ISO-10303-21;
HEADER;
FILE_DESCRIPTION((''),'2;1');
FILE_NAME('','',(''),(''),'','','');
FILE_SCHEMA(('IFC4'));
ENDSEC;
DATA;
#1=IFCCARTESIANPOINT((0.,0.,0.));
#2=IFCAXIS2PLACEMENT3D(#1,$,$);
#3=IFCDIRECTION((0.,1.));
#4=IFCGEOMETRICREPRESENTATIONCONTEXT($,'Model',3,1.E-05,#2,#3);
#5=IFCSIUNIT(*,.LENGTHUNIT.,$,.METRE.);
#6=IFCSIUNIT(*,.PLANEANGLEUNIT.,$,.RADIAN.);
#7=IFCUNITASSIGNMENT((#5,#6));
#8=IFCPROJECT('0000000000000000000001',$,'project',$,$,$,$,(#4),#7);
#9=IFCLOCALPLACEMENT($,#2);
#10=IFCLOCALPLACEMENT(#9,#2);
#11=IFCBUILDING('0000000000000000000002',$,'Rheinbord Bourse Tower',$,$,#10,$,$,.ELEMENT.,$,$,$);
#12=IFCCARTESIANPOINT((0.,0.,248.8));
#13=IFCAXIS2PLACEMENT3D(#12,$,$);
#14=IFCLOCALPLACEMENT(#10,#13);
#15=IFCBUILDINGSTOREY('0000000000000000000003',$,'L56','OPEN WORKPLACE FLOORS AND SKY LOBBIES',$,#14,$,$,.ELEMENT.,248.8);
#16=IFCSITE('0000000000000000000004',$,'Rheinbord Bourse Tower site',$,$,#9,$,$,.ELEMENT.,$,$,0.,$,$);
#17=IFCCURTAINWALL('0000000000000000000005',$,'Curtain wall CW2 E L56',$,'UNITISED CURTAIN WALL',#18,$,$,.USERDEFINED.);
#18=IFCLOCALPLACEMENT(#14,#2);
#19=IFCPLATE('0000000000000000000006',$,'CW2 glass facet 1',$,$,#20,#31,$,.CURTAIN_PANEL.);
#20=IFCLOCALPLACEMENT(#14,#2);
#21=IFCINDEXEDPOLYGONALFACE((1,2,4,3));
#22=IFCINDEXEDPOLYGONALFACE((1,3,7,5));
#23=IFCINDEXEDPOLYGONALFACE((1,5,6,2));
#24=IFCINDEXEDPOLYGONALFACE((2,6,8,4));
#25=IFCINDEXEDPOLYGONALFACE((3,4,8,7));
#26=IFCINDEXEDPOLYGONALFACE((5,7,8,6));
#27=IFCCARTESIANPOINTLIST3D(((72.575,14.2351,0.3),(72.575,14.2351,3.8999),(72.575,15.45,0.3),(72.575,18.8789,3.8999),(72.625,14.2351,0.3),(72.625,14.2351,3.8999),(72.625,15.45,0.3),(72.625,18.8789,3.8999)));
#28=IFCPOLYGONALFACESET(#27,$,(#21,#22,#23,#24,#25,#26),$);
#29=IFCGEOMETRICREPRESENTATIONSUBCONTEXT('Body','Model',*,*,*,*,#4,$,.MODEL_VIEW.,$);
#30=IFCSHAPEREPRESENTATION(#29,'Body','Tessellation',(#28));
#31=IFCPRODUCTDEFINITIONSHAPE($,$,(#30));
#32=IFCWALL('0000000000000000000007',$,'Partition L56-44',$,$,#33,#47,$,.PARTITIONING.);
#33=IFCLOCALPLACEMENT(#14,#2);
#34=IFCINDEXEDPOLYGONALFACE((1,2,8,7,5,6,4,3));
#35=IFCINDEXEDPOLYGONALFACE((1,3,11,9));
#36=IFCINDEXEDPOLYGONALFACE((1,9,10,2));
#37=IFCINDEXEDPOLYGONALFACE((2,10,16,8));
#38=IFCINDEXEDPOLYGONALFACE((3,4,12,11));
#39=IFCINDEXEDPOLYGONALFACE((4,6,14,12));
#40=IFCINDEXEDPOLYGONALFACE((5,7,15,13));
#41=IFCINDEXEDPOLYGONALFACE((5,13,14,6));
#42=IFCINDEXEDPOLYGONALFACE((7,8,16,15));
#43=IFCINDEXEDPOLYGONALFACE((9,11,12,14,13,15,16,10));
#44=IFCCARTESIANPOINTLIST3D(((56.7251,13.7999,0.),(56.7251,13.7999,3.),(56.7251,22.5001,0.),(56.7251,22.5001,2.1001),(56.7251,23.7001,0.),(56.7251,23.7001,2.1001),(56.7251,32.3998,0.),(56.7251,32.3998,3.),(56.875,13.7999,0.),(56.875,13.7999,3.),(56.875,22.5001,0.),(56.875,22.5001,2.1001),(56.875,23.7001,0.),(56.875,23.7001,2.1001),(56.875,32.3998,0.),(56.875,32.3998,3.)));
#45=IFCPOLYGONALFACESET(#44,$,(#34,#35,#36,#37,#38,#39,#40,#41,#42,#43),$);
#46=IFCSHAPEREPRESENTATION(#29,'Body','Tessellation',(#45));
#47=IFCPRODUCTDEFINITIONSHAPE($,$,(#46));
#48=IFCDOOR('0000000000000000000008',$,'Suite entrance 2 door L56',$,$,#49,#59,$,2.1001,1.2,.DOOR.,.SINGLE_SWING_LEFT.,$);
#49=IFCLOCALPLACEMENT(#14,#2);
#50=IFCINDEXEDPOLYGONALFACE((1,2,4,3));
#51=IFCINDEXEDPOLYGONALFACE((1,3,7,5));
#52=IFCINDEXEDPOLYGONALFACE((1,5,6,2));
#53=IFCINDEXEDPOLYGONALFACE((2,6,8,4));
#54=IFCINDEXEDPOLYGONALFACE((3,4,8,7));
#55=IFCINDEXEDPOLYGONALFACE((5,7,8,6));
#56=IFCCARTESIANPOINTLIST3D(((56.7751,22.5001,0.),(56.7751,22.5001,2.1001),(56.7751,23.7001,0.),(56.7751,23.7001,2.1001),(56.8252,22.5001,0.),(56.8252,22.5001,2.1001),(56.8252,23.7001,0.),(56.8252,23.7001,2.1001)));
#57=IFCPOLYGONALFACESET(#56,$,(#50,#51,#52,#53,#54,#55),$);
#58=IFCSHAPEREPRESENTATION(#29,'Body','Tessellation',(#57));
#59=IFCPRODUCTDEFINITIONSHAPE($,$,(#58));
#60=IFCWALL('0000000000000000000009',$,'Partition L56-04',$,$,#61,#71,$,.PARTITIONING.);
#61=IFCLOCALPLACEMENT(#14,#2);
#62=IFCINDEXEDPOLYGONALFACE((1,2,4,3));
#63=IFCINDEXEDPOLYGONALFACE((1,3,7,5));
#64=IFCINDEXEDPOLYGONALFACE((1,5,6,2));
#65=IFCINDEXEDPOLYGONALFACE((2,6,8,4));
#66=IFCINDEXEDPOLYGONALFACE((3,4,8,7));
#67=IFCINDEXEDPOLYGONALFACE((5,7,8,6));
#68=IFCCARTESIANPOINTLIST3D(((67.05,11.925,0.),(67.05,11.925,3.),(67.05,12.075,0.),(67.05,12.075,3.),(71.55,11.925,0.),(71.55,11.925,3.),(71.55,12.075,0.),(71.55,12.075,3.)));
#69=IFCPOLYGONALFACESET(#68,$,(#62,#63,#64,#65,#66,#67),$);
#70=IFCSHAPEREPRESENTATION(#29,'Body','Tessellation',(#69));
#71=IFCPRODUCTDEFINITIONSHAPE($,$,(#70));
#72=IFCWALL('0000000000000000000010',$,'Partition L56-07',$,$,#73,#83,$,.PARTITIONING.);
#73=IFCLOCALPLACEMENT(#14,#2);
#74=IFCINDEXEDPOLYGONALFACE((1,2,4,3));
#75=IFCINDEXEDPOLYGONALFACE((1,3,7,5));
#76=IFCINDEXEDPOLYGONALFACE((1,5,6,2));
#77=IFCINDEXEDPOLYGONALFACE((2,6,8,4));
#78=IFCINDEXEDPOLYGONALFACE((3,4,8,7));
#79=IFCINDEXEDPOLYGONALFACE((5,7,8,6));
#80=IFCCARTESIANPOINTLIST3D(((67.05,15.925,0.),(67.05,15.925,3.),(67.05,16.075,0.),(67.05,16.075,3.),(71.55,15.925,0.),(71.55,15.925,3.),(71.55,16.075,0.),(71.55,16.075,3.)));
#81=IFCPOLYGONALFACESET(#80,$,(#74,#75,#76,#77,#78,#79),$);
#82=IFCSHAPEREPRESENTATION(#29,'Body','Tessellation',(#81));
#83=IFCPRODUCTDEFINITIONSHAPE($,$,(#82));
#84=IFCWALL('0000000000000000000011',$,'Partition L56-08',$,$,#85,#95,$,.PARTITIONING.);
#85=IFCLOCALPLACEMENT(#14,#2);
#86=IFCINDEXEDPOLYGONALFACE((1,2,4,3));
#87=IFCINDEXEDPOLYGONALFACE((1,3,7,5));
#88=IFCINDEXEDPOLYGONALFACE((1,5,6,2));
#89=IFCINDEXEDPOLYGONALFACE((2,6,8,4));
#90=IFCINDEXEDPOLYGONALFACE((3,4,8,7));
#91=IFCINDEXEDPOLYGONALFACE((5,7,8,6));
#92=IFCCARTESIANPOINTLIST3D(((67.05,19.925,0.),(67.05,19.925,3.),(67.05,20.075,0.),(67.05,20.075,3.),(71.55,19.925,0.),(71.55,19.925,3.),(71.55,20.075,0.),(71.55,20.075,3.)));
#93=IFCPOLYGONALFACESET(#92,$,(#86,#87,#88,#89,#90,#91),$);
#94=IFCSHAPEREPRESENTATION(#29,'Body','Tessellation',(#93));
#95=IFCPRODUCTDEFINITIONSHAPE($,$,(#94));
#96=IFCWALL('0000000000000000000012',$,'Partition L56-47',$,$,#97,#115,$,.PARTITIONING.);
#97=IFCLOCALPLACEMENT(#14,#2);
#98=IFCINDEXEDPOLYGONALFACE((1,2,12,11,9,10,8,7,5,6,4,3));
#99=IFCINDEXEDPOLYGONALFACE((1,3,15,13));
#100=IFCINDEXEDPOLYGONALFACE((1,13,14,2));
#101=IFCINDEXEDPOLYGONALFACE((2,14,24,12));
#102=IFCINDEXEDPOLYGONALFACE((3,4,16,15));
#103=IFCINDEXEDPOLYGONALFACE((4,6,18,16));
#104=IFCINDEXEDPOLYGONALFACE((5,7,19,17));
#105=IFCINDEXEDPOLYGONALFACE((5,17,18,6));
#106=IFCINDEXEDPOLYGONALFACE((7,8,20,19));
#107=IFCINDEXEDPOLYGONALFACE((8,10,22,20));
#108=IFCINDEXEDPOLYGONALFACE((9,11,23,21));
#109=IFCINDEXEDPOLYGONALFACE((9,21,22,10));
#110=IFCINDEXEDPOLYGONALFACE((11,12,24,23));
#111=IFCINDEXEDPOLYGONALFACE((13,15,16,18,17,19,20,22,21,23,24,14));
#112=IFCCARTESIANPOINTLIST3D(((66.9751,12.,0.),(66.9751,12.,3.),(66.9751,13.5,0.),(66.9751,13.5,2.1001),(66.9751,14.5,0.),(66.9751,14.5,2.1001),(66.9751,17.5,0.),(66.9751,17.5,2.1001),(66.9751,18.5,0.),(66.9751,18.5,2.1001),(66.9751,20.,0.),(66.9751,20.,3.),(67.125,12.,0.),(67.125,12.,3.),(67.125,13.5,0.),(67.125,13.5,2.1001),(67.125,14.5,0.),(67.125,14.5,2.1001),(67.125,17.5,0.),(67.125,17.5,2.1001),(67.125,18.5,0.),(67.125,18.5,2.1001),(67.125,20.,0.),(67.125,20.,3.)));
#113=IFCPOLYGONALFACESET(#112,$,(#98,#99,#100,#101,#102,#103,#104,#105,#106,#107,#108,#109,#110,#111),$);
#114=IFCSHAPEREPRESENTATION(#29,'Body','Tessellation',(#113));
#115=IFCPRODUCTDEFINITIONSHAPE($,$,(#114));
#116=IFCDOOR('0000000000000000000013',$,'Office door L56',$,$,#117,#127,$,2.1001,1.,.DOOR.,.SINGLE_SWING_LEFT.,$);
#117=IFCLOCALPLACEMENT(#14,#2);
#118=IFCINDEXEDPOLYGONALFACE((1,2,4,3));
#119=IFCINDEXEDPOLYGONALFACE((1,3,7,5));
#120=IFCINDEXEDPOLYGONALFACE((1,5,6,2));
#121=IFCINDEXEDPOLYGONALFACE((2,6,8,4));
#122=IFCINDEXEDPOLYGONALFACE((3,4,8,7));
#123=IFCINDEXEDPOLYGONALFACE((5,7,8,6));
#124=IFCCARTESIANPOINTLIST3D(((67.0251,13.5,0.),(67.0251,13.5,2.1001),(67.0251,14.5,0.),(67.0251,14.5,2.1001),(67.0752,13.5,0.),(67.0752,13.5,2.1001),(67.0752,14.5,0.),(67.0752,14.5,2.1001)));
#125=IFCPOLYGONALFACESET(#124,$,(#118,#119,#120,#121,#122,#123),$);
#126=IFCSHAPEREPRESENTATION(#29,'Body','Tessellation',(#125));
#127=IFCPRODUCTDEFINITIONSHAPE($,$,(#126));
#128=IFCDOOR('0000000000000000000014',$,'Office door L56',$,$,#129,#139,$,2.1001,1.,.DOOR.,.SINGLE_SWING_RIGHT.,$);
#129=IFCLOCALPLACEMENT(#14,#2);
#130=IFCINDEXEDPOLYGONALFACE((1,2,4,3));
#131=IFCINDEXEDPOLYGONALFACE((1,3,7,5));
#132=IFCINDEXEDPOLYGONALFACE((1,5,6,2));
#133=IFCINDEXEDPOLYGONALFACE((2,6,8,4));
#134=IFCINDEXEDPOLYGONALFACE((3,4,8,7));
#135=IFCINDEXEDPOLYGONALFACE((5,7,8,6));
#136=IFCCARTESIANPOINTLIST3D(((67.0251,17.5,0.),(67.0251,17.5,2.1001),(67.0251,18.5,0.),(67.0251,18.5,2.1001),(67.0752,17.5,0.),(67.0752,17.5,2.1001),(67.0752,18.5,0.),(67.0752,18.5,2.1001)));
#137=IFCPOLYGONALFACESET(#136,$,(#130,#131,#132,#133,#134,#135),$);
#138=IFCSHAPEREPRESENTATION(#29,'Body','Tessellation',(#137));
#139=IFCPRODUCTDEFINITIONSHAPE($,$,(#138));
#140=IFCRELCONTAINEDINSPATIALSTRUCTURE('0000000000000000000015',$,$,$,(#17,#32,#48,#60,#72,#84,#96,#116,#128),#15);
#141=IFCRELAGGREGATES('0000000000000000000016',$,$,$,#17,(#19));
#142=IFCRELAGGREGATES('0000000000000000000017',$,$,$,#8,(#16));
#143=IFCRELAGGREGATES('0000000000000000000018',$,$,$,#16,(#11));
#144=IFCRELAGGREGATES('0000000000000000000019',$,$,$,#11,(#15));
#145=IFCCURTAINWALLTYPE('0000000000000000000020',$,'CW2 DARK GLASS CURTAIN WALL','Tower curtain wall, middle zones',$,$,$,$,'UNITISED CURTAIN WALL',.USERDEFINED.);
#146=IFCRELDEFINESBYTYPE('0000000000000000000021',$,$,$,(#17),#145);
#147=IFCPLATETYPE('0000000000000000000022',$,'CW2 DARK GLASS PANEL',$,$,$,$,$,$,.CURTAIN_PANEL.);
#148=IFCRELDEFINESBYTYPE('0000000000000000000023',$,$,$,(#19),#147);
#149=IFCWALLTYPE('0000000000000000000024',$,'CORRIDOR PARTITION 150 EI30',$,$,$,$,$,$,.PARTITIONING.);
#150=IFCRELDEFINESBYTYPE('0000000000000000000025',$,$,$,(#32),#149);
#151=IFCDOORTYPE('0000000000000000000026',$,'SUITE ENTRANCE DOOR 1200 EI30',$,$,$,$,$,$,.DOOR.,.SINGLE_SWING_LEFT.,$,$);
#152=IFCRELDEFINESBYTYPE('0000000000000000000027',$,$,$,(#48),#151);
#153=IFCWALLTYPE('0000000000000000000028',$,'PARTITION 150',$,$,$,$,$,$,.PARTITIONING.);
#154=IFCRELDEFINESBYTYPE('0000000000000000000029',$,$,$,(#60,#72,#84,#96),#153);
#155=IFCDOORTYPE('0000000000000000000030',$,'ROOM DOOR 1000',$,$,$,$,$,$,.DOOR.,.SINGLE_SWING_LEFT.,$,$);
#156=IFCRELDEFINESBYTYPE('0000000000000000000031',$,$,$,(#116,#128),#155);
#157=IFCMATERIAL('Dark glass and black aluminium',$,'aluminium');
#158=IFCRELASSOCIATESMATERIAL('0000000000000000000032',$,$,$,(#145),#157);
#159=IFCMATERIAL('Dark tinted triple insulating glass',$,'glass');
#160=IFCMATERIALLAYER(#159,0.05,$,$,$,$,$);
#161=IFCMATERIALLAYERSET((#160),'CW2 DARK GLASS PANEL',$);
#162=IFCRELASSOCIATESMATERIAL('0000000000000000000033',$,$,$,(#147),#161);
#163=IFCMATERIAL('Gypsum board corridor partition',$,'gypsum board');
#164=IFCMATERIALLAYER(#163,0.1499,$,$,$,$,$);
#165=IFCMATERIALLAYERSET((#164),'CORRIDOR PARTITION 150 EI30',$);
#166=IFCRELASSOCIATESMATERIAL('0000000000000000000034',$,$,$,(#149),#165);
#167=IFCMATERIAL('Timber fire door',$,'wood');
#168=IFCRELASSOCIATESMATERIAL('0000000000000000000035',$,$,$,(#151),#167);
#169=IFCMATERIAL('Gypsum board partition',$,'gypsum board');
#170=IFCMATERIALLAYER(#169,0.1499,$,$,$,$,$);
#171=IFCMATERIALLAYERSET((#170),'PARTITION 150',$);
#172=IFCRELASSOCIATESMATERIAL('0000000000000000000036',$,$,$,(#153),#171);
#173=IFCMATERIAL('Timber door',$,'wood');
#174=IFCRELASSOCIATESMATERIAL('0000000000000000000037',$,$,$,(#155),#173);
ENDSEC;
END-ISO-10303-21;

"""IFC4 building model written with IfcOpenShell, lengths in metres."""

from ifc_helpers import new_model, si_unit, direction, frame, frame_2d, origin, place, context, subcontext, project, spatial, polyline, rectangle, outline, extrude, material, layer, layer_set, type_object, element, fill, aggregate, save


model = new_model("IFC4")

# Units and contexts
model_context = context("Model", 3, precision=1e-05, world=origin(), true_north=direction((0.0, 1.0)))
body_context = subcontext(model_context, "Body", "Model", "MODEL_VIEW")
ifc_project = project(units=[si_unit("LENGTHUNIT", "METRE"), si_unit("PLANEANGLEUNIT", "RADIAN")], contexts=[model_context])

# Site, building, storey
site_placement = place(None, origin())
site = spatial("IfcSite", under=ifc_project, at=site_placement, Name="Rheinbord Bourse Tower site", CompositionType="ELEMENT", RefElevation=0.0)
building_placement = place(site_placement, origin())
building = spatial("IfcBuilding", under=site, at=building_placement, Name="Rheinbord Bourse Tower", CompositionType="ELEMENT")
storey_placement = place(building_placement, frame((0.0, 0.0, 248.8)))
storey = spatial("IfcBuildingStorey", under=building, at=storey_placement, Name="L56", Description="OPEN WORKPLACE FLOORS AND SKY LOBBIES", CompositionType="ELEMENT", Elevation=248.8)

# Curtain wall
ifc_material_1 = material(Name="Dark glass and black aluminium", Category="aluminium")
curtain_wall_type = type_object("IfcCurtainWallType", Name="CW2 DARK GLASS CURTAIN WALL", Description="Tower curtain wall, middle zones", ElementType="UNITISED CURTAIN WALL", PredefinedType="USERDEFINED", material=ifc_material_1)
curtain_wall_placement = place(storey_placement, origin())
curtain_wall = element("IfcCurtainWall", 1, at=curtain_wall_placement, inside=storey, type_object=curtain_wall_type, Name="Curtain wall CW2 E L56", ObjectType="UNITISED CURTAIN WALL", PredefinedType="USERDEFINED")

# Plate
ifc_material_2 = material(Name="Dark tinted triple insulating glass", Category="glass")
ifc_layer_1 = layer(ifc_material_2, 0.05)
ifc_layer_set_1 = layer_set([ifc_layer_1], Name="CW2 DARK GLASS PANEL")
plate_type = type_object("IfcPlateType", Name="CW2 DARK GLASS PANEL", PredefinedType="CURTAIN_PANEL", material=ifc_layer_set_1)
plate_1_placement = place(storey_placement, frame((72.625, 14.2351, 0.3), z_axis=(-1.0, 0.0, 0.0), x_axis=(0.0, 0.0, 1.0)))
plate_1 = element("IfcPlate", 2, at=plate_1_placement, type_object=plate_type, Name="CW2 glass facet 1", PredefinedType="CURTAIN_PANEL", context=body_context, shape_type="SweptSolid", body=[
    extrude(outline(polyline([(0.0, 0.0), (3.5999, 0.0), (3.5999, 4.6438), (0.0, 1.2148), (0.0, 0.0)])), origin(), (0.0, 0.0, 1.0), 0.05),
])
aggregate(curtain_wall, [plate_1])

# Wall, opening, door
ifc_material_3 = material(Name="Gypsum board corridor partition", Category="gypsum board")
ifc_layer_2 = layer(ifc_material_3, 0.1499)
ifc_layer_set_2 = layer_set([ifc_layer_2], Name="CORRIDOR PARTITION 150 EI30")
wall_type_1 = type_object("IfcWallType", Name="CORRIDOR PARTITION 150 EI30", PredefinedType="PARTITIONING", material=ifc_layer_set_2)
wall_1_placement = place(storey_placement, frame((56.8, 13.8, 0.0), z_axis=(0.0, 0.0, 1.0), x_axis=(0.0, 1.0, 0.0)))
wall_1 = element("IfcWall", 3, at=wall_1_placement, inside=storey, type_object=wall_type_1, Name="Partition L56-44", PredefinedType="PARTITIONING", context=body_context, shape_type="SweptSolid", body=[
    extrude(rectangle(XDim=18.5999, YDim=0.1499, at=frame_2d((9.2998, 0.0))), origin(), (0.0, 0.0, 1.0), 3.0),
])
opening_1_placement = place(wall_1_placement, frame((8.7, 0.0, 0.0)))
opening_1 = element("IfcOpeningElement", 4, at=opening_1_placement, cuts=wall_1, PredefinedType="OPENING", context=body_context, shape_type="SweptSolid", body=[
    extrude(rectangle(XDim=1.2, YDim=2.1001, at=frame_2d((0.6001, 1.05))), frame((0.0, 0.085, 0.0), z_axis=(0.0, -1.0, 0.0), x_axis=(1.0, 0.0, 0.0)), (0.0, 0.0, 1.0), 0.1699),
])
ifc_material_4 = material(Name="Timber fire door", Category="wood")
door_type_1 = type_object("IfcDoorType", Name="SUITE ENTRANCE DOOR 1200 EI30", OperationType="SINGLE_SWING_LEFT", PredefinedType="DOOR", material=ifc_material_4)
door_1_placement = place(opening_1_placement, origin())
door_1 = element("IfcDoor", 5, at=door_1_placement, inside=storey, type_object=door_type_1, Name="Suite entrance 2 door L56", OperationType="SINGLE_SWING_LEFT", OverallHeight=2.1001, OverallWidth=1.2, PredefinedType="DOOR", context=body_context, shape_type="SweptSolid", body=[
    extrude(rectangle(XDim=1.2, YDim=2.1001, at=frame_2d((0.6001, 1.05))), frame((0.0, 0.0249, 0.0), z_axis=(0.0, -1.0, 0.0), x_axis=(1.0, 0.0, 0.0)), (0.0, 0.0, 1.0), 0.05),
])
fill(opening_1, door_1)

# Walls
ifc_material_5 = material(Name="Gypsum board partition", Category="gypsum board")
ifc_layer_3 = layer(ifc_material_5, 0.1499)
ifc_layer_set_3 = layer_set([ifc_layer_3], Name="PARTITION 150")
wall_type_2 = type_object("IfcWallType", Name="PARTITION 150", PredefinedType="PARTITIONING", material=ifc_layer_set_3)
for number, where, z_axis, x_axis, name in (
    (6, (67.05, 12.0, 0.0), (0.0, 0.0, 1.0), (1.0, 0.0, 0.0), "Partition L56-04"),
    (7, (67.05, 16.0, 0.0), (0.0, 0.0, 1.0), (1.0, 0.0, 0.0), "Partition L56-07"),
    (8, (67.05, 20.0, 0.0), (0.0, 0.0, 1.0), (1.0, 0.0, 0.0), "Partition L56-08"),
):
    element("IfcWall", number, at=place(storey_placement, frame(where, z_axis=z_axis, x_axis=x_axis)), inside=storey, type_object=wall_type_2, Name=name, PredefinedType="PARTITIONING", context=body_context, shape_type="SweptSolid", body=[
        extrude(rectangle(XDim=4.5, YDim=0.1499, at=frame_2d((2.25, 0.0))), origin(), (0.0, 0.0, 1.0), 3.0),
    ])

# Wall, openings, doors
wall_2_placement = place(storey_placement, frame((67.05, 12.0, 0.0), z_axis=(0.0, 0.0, 1.0), x_axis=(0.0, 1.0, 0.0)))
wall_2 = element("IfcWall", 9, at=wall_2_placement, inside=storey, type_object=wall_type_2, Name="Partition L56-47", PredefinedType="PARTITIONING", context=body_context, shape_type="SweptSolid", body=[
    extrude(rectangle(XDim=8.0, YDim=0.1499, at=frame_2d((4.0, 0.0))), origin(), (0.0, 0.0, 1.0), 3.0),
])
opening_2_placement = place(wall_2_placement, frame((1.5, 0.0, 0.0)))
opening_2 = element("IfcOpeningElement", 10, at=opening_2_placement, cuts=wall_2, PredefinedType="OPENING", context=body_context, shape_type="SweptSolid", body=[
    extrude(rectangle(XDim=1.0, YDim=2.1001, at=frame_2d((0.5, 1.05))), frame((0.0, 0.085, 0.0), z_axis=(0.0, -1.0, 0.0), x_axis=(1.0, 0.0, 0.0)), (0.0, 0.0, 1.0), 0.1699),
])
opening_3_placement = place(wall_2_placement, frame((5.5, 0.0, 0.0)))
opening_3 = element("IfcOpeningElement", 11, at=opening_3_placement, cuts=wall_2, PredefinedType="OPENING", context=body_context, shape_type="SweptSolid", body=[
    extrude(rectangle(XDim=1.0, YDim=2.1001, at=frame_2d((0.5, 1.05))), frame((0.0, 0.085, 0.0), z_axis=(0.0, -1.0, 0.0), x_axis=(1.0, 0.0, 0.0)), (0.0, 0.0, 1.0), 0.1699),
])
ifc_material_6 = material(Name="Timber door", Category="wood")
door_type_2 = type_object("IfcDoorType", Name="ROOM DOOR 1000", OperationType="SINGLE_SWING_LEFT", PredefinedType="DOOR", material=ifc_material_6)
door_2_placement = place(opening_2_placement, origin())
door_2 = element("IfcDoor", 12, at=door_2_placement, inside=storey, type_object=door_type_2, Name="Office door L56", OperationType="SINGLE_SWING_LEFT", OverallHeight=2.1001, OverallWidth=1.0, PredefinedType="DOOR", context=body_context, shape_type="SweptSolid", body=[
    extrude(rectangle(XDim=1.0, YDim=2.1001, at=frame_2d((0.5, 1.05))), frame((0.0, 0.0249, 0.0), z_axis=(0.0, -1.0, 0.0), x_axis=(1.0, 0.0, 0.0)), (0.0, 0.0, 1.0), 0.05),
])
fill(opening_2, door_2)
door_3_placement = place(opening_3_placement, origin())
door_3 = element("IfcDoor", 13, at=door_3_placement, inside=storey, type_object=door_type_2, Name="Office door L56", OperationType="SINGLE_SWING_RIGHT", OverallHeight=2.1001, OverallWidth=1.0, PredefinedType="DOOR", context=body_context, shape_type="SweptSolid", body=[
    extrude(rectangle(XDim=1.0, YDim=2.1001, at=frame_2d((0.5, 1.05))), frame((0.0, 0.0249, 0.0), z_axis=(0.0, -1.0, 0.0), x_axis=(1.0, 0.0, 0.0)), (0.0, 0.0, 1.0), 0.05),
])
fill(opening_3, door_3)

save(model, "model.ifc")
